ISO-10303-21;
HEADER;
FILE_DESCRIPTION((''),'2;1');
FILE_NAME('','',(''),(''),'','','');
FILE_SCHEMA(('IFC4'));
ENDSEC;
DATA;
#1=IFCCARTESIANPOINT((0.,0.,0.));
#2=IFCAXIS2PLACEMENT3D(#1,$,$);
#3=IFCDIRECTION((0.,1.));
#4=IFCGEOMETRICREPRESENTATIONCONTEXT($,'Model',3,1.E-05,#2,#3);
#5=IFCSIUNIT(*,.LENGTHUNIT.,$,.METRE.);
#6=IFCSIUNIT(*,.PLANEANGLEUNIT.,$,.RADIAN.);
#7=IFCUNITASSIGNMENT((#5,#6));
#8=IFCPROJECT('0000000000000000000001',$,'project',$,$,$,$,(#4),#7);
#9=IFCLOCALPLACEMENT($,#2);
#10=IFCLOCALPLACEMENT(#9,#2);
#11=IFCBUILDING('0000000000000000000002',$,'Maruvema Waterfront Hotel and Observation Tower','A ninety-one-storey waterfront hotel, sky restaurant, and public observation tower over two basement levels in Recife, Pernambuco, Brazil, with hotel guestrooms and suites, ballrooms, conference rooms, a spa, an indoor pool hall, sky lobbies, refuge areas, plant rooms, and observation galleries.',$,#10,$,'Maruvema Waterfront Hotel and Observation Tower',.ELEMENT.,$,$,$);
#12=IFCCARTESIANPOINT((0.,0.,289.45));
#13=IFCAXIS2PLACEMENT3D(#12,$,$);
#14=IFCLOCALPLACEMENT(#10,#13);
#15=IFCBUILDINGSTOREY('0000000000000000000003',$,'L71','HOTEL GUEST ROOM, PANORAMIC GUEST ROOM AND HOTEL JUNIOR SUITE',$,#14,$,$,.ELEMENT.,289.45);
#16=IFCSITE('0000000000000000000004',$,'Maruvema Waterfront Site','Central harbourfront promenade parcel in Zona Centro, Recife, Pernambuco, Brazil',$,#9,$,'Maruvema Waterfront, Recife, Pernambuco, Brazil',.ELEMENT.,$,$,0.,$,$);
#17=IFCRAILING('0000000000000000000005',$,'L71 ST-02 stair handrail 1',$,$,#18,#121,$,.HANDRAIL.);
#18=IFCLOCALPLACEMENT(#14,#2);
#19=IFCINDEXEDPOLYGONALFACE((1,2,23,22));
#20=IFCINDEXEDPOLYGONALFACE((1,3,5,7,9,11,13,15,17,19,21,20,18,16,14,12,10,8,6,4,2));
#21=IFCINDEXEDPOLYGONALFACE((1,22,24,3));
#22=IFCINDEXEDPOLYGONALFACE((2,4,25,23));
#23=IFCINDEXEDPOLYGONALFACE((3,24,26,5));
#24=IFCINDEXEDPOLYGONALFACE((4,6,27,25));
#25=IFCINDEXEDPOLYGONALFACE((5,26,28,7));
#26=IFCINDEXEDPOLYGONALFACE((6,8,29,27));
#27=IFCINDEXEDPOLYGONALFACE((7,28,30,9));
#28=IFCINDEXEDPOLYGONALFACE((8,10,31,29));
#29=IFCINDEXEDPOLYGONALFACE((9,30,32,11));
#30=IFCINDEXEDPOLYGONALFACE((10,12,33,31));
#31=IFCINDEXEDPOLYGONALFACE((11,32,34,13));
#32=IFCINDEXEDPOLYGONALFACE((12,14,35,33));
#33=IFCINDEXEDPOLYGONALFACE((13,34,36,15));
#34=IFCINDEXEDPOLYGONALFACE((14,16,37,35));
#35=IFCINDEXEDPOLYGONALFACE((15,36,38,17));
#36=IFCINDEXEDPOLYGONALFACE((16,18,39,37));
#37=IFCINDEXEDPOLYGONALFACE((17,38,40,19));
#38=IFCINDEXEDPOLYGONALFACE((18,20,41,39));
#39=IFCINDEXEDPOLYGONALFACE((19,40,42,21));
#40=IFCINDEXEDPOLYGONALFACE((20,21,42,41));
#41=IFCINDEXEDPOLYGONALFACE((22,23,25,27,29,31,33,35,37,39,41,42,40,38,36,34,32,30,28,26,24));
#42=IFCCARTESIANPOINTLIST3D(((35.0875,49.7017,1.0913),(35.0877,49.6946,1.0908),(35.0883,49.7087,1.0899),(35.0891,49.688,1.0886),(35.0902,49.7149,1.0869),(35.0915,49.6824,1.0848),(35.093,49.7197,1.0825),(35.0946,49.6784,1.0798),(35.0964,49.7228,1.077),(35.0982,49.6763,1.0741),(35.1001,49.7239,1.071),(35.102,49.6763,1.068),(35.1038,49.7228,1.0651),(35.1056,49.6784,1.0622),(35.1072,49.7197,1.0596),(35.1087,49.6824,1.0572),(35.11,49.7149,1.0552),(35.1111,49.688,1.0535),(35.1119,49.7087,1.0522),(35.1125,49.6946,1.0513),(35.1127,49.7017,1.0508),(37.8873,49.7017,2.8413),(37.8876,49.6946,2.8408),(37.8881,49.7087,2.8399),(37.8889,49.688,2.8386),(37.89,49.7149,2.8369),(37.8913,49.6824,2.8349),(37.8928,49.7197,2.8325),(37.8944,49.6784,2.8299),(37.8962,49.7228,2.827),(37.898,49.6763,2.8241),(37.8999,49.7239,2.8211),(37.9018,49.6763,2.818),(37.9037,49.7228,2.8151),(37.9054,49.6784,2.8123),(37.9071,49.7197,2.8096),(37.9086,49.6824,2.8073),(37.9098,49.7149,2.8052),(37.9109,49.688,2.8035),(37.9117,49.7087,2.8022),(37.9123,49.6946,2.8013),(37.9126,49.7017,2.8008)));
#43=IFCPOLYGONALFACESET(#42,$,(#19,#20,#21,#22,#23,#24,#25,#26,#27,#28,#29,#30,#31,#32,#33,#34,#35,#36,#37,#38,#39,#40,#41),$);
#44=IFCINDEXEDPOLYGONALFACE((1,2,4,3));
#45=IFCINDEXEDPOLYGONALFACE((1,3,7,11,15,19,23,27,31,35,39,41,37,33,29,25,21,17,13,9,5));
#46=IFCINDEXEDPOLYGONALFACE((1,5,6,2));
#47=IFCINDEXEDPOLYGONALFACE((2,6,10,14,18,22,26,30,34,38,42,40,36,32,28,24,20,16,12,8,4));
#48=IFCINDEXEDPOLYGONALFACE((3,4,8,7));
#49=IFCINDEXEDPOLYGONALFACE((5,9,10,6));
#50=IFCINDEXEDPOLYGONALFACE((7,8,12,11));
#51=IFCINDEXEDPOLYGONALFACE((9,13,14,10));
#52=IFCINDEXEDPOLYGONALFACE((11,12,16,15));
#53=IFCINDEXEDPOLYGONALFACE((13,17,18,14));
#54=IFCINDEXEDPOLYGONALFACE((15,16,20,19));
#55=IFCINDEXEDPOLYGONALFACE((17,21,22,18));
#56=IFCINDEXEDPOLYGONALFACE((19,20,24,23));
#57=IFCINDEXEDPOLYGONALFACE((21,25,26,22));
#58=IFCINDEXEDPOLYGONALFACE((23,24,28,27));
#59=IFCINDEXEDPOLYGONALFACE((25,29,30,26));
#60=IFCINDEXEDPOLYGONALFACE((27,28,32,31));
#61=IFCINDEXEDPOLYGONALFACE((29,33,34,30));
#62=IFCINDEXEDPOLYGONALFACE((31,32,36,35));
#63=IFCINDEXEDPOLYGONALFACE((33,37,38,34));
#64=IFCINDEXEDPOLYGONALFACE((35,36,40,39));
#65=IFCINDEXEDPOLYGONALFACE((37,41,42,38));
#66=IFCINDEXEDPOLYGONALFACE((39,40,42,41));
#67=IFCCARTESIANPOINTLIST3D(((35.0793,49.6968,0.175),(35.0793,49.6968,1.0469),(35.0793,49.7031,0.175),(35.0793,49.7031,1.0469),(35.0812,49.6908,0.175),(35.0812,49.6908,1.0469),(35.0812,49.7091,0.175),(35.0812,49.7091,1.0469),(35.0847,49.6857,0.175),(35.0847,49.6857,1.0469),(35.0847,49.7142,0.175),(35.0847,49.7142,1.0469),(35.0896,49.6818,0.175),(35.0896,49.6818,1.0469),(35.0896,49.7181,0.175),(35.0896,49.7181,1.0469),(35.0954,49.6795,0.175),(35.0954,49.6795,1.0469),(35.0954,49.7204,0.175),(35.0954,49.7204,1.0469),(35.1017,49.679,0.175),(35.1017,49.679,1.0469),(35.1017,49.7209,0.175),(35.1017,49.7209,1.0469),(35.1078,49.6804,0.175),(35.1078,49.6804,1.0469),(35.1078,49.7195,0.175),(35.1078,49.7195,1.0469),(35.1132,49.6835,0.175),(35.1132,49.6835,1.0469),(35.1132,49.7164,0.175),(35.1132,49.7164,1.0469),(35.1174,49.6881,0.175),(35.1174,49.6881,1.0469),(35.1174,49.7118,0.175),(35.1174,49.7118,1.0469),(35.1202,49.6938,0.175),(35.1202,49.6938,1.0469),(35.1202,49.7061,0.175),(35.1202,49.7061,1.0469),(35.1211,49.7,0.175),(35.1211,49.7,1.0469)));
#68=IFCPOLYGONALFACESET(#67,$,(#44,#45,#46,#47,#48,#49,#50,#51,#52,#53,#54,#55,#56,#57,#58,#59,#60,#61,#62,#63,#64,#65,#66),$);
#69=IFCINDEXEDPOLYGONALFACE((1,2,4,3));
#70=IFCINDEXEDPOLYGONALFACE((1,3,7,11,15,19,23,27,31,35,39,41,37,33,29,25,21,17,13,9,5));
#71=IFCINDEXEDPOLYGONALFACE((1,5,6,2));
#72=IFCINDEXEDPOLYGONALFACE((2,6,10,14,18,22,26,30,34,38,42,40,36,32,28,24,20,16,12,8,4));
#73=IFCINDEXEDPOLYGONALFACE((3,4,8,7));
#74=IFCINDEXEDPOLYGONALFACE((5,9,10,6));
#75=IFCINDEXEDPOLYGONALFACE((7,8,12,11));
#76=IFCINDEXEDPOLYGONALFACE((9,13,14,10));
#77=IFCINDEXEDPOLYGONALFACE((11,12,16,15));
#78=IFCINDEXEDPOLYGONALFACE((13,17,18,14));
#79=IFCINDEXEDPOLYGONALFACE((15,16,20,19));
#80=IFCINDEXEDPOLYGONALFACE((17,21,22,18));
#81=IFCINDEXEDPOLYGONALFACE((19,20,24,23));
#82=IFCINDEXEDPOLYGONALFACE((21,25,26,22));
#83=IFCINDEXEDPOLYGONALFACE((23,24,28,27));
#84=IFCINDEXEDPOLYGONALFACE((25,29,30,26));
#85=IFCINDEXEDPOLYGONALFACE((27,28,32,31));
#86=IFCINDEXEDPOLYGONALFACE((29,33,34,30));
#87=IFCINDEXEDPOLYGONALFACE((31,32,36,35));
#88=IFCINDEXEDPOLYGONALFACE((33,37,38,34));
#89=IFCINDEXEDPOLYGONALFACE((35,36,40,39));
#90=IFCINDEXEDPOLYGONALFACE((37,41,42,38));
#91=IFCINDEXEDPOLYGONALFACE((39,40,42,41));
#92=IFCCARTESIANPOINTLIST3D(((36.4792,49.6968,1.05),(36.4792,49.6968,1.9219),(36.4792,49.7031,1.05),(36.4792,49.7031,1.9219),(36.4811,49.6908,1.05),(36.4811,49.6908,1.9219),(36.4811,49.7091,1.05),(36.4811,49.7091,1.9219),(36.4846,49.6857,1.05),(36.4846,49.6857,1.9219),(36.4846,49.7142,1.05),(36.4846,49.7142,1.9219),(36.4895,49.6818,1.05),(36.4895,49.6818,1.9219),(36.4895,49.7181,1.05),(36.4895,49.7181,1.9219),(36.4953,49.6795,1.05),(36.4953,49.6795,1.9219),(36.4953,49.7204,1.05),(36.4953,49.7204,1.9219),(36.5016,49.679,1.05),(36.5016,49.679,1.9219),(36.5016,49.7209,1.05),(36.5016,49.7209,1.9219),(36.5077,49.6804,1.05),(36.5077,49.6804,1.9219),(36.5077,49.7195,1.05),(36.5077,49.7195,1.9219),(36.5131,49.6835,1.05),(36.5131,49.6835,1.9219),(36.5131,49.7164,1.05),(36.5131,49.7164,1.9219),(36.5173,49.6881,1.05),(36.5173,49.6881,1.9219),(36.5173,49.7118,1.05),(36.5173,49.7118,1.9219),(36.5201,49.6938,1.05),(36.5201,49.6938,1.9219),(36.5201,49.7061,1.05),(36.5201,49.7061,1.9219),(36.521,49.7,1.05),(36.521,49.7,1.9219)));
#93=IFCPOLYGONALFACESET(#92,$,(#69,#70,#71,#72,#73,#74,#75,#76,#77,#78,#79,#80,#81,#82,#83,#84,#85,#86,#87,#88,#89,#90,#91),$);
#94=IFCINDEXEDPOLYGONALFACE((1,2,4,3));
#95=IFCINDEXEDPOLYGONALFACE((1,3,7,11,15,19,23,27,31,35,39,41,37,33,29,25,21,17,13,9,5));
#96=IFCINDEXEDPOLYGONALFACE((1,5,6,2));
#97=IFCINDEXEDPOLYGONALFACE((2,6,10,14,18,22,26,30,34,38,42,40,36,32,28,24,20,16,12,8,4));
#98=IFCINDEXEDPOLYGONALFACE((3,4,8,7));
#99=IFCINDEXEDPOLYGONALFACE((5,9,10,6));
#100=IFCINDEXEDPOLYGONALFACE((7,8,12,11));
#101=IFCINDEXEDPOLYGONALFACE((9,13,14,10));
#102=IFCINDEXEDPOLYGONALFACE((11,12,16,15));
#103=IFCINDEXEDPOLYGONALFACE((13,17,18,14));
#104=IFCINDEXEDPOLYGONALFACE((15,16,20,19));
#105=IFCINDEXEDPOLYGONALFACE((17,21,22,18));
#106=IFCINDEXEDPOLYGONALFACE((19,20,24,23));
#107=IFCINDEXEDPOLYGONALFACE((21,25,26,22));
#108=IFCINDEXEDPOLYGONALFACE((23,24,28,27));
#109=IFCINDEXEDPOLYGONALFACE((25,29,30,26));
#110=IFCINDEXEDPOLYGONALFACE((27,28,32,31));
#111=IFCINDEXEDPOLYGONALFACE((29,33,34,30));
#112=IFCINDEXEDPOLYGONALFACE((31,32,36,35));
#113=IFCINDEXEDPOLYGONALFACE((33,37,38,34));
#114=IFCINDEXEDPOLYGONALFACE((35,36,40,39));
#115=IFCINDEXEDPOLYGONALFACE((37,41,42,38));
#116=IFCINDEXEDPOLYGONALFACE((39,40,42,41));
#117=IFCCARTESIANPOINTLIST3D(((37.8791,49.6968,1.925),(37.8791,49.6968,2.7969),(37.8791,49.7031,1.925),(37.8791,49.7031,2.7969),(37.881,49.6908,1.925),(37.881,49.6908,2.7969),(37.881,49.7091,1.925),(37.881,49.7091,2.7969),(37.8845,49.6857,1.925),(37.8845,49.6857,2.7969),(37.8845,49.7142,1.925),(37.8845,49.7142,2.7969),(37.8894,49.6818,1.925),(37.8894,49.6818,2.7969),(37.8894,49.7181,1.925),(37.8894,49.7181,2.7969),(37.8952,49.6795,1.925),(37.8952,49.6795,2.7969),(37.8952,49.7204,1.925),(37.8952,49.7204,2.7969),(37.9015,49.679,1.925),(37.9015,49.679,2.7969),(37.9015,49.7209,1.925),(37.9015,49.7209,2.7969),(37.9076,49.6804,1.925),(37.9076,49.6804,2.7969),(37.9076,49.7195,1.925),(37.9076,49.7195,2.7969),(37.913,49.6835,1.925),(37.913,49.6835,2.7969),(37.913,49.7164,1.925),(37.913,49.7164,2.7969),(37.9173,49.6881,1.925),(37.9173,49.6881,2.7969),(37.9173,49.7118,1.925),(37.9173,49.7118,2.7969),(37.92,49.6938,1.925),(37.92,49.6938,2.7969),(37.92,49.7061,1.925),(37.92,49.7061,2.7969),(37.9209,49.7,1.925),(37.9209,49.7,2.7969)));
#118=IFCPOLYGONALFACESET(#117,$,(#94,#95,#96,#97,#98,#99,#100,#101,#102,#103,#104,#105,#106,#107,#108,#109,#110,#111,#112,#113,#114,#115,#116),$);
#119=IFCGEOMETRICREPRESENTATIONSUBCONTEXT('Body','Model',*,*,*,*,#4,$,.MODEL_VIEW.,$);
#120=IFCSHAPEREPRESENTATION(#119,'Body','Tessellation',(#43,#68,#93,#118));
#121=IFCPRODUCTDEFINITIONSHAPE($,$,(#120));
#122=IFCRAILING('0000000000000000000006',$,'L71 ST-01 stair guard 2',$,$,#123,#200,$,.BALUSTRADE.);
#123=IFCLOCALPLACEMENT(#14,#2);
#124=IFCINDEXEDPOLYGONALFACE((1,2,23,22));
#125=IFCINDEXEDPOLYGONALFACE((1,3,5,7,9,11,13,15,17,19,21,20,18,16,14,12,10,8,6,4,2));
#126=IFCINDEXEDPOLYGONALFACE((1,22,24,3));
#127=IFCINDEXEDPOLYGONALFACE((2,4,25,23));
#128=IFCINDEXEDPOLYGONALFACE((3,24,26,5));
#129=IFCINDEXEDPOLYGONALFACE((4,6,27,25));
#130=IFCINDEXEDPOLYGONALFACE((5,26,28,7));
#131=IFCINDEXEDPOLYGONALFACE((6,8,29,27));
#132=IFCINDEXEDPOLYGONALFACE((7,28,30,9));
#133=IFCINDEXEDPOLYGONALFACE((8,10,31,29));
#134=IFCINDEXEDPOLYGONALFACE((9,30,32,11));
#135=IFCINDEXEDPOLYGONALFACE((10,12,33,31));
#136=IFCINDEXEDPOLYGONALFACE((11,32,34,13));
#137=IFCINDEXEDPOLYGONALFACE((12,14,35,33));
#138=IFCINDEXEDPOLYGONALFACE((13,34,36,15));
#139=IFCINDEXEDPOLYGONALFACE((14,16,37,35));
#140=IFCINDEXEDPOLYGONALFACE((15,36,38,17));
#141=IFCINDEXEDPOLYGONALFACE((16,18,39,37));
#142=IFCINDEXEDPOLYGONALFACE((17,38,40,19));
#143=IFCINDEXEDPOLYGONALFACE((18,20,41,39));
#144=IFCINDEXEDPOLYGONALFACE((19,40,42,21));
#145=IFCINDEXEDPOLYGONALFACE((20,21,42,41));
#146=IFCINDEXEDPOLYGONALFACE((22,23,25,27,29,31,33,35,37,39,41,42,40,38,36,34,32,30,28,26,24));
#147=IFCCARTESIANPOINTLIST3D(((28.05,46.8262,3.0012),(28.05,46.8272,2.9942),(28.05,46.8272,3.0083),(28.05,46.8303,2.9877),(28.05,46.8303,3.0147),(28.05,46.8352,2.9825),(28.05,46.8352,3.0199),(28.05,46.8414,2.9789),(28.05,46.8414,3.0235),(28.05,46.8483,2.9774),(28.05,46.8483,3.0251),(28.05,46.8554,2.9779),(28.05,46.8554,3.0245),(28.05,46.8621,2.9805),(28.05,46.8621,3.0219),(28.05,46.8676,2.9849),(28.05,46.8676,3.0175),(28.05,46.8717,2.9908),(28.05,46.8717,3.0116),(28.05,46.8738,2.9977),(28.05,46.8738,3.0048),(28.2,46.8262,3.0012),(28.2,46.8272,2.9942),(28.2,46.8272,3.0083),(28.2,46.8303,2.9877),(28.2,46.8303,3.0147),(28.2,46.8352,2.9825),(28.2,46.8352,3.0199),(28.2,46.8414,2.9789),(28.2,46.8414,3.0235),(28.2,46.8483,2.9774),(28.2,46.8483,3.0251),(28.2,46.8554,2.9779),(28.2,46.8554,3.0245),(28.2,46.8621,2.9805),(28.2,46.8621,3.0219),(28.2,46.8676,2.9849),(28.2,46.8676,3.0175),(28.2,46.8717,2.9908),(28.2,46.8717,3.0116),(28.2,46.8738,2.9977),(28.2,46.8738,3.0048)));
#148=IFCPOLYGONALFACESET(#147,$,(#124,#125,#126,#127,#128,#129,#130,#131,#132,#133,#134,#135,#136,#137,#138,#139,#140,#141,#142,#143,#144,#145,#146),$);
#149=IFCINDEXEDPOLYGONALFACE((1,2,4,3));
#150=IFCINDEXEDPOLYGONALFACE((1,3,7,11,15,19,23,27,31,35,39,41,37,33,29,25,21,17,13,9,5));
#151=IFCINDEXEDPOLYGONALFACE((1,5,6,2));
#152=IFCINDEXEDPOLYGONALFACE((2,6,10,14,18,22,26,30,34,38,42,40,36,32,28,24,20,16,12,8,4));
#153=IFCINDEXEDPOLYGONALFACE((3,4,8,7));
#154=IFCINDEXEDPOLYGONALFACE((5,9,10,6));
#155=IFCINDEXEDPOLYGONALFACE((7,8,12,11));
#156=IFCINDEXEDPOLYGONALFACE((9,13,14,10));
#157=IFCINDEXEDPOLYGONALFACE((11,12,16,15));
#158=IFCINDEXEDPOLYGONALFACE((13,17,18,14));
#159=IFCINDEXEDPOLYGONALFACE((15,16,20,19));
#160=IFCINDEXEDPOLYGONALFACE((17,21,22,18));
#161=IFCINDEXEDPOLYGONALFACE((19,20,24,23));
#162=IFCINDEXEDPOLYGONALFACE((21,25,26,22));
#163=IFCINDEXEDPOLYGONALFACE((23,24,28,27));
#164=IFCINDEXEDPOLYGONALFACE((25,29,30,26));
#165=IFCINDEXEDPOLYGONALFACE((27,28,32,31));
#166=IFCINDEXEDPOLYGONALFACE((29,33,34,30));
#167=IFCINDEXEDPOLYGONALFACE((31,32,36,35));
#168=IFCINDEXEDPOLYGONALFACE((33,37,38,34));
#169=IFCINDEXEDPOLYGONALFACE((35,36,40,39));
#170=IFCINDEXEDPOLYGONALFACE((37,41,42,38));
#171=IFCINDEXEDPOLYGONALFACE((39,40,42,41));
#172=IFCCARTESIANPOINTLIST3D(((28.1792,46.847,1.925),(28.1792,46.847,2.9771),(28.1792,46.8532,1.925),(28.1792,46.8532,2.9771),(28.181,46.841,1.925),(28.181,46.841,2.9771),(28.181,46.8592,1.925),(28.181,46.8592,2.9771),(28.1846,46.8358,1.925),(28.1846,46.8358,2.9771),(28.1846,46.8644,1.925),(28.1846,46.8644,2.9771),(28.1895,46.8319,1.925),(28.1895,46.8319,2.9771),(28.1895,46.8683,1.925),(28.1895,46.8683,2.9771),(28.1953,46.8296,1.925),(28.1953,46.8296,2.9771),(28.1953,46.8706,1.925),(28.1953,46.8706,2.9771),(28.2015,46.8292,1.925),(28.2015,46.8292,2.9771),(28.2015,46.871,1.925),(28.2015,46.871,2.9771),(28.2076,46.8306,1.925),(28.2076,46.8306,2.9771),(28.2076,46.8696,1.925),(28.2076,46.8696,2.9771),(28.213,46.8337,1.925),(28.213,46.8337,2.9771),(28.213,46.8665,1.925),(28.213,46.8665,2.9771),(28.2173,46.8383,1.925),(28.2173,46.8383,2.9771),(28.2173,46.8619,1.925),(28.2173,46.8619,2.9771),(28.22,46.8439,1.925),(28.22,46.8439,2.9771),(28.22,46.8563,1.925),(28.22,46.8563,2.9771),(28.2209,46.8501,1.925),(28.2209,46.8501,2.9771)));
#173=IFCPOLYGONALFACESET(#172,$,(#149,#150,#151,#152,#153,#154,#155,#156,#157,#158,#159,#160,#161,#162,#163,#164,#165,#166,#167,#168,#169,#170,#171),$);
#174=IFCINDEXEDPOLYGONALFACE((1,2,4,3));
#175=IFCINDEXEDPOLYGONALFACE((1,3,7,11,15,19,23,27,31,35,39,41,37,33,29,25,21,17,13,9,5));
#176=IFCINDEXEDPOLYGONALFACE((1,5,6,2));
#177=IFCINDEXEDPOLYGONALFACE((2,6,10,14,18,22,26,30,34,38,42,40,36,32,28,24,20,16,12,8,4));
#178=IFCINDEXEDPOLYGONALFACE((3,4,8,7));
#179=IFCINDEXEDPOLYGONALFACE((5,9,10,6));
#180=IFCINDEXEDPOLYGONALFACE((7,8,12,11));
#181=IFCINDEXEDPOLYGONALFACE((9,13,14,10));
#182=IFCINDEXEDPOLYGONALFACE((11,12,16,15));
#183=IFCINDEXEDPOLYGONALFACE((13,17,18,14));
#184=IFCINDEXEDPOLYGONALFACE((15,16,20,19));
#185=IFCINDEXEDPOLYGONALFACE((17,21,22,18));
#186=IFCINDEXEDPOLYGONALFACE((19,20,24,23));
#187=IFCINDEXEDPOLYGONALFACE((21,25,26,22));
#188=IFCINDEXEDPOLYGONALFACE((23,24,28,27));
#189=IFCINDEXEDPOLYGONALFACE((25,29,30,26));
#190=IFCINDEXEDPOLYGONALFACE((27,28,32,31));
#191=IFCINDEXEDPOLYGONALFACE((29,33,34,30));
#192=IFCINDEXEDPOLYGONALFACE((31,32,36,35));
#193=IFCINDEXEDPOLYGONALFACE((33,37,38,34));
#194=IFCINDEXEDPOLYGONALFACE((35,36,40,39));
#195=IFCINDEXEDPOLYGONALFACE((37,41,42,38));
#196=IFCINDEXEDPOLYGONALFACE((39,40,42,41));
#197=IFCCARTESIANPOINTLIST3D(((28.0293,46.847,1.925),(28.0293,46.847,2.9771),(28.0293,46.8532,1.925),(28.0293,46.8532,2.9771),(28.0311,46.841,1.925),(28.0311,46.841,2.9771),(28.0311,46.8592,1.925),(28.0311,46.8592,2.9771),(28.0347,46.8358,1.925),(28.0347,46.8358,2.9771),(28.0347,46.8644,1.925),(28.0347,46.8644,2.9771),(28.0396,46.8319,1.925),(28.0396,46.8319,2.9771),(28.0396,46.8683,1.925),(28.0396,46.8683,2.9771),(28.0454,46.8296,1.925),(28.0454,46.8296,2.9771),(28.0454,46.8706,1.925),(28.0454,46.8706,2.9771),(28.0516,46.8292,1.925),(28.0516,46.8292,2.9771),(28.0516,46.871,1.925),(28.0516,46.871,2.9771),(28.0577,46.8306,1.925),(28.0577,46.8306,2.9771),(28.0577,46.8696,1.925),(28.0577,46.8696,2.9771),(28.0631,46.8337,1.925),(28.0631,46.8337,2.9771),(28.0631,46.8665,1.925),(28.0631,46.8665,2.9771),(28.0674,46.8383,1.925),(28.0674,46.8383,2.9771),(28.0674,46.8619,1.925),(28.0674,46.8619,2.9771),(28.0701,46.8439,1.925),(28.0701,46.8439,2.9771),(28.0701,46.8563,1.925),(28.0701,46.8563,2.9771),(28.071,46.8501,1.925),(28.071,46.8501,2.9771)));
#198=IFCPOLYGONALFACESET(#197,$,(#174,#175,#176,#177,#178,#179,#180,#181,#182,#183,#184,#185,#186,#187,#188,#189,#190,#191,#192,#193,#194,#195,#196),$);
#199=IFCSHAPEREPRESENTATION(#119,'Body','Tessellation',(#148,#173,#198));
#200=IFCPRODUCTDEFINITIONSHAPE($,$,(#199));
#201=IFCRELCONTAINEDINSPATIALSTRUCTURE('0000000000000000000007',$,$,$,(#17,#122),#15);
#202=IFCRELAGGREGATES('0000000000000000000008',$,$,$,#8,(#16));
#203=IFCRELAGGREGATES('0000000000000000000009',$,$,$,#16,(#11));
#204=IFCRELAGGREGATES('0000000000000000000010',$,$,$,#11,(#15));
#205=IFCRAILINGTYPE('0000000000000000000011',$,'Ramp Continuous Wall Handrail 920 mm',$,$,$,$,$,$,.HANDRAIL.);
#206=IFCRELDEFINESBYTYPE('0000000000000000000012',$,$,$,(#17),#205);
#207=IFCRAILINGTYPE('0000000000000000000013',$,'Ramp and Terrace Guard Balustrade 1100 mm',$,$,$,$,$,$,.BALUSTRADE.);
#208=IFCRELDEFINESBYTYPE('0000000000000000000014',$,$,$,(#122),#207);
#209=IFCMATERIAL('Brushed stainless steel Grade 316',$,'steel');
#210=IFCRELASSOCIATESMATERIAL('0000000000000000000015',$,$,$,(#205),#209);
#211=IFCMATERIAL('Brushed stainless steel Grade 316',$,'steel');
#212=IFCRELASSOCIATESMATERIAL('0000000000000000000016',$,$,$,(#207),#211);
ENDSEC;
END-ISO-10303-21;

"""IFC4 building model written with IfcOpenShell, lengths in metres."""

from ifc_helpers import new_model, si_unit, direction, frame, origin, origin_2d, place, context, subcontext, project, spatial, circle, extrude, material, type_object, element, save


model = new_model("IFC4")

# Units and contexts
model_context = context("Model", 3, precision=1e-05, world=origin(), true_north=direction((0.0, 1.0)))
body_context = subcontext(model_context, "Body", "Model", "MODEL_VIEW")
ifc_project = project(units=[si_unit("LENGTHUNIT", "METRE"), si_unit("PLANEANGLEUNIT", "RADIAN")], contexts=[model_context])

# Site, building, storey
site_placement = place(None, origin())
site = spatial("IfcSite", under=ifc_project, at=site_placement, Name="Maruvema Waterfront Site", Description="Central harbourfront promenade parcel in Zona Centro, Recife, Pernambuco, Brazil", LongName="Maruvema Waterfront, Recife, Pernambuco, Brazil", CompositionType="ELEMENT", RefElevation=0.0)
building_placement = place(site_placement, origin())
building = spatial("IfcBuilding", under=site, at=building_placement, Name="Maruvema Waterfront Hotel and Observation Tower", Description="A ninety-one-storey waterfront hotel, sky restaurant, and public observation tower over two basement levels in Recife, Pernambuco, Brazil, with hotel guestrooms and suites, ballrooms, conference rooms, a spa, an indoor pool hall, sky lobbies, refuge areas, plant rooms, and observation galleries.", LongName="Maruvema Waterfront Hotel and Observation Tower", CompositionType="ELEMENT")
storey_placement = place(building_placement, frame((0.0, 0.0, 289.45)))
storey = spatial("IfcBuildingStorey", under=building, at=storey_placement, Name="L71", Description="HOTEL GUEST ROOM, PANORAMIC GUEST ROOM AND HOTEL JUNIOR SUITE", CompositionType="ELEMENT", Elevation=289.45)

# Railings
ifc_material_1 = material(Name="Brushed stainless steel Grade 316", Category="steel")
railing_type_1 = type_object("IfcRailingType", Name="Ramp Continuous Wall Handrail 920 mm", PredefinedType="HANDRAIL", material=ifc_material_1)
railing_1_placement = place(storey_placement, frame((35.1001, 49.7, 0.175)))
element("IfcRailing", 1, at=railing_1_placement, inside=storey, type_object=railing_type_1, Name="L71 ST-02 stair handrail 1", PredefinedType="HANDRAIL", context=body_context, shape_type="SweptSolid", body=[
    extrude(circle(Radius=0.0239, at=origin_2d()), frame((0.0, 0.0, 0.896), z_axis=(0.847982, 0.0, 0.530026), x_axis=(0.0, 1.0, 0.0)), (0.0, 0.0, 1.0), 3.3018),
    extrude(circle(Radius=0.021, at=origin_2d()), origin(), (0.0, 0.0, 1.0), 0.8718),
    extrude(circle(Radius=0.021, at=origin_2d()), frame((1.3999, 0.0, 0.875)), (0.0, 0.0, 1.0), 0.8718),
    extrude(circle(Radius=0.021, at=origin_2d()), frame((2.7998, 0.0, 1.75)), (0.0, 0.0, 1.0), 0.8718),
])
ifc_material_2 = material(Name="Brushed stainless steel Grade 316", Category="steel")
railing_type_2 = type_object("IfcRailingType", Name="Ramp and Terrace Guard Balustrade 1100 mm", PredefinedType="BALUSTRADE", material=ifc_material_2)
railing_2_placement = place(storey_placement, frame((28.2, 46.8501, 1.925)))
element("IfcRailing", 2, at=railing_2_placement, inside=storey, type_object=railing_type_2, Name="L71 ST-01 stair guard 2", PredefinedType="BALUSTRADE", context=body_context, shape_type="SweptSolid", body=[
    extrude(circle(Radius=0.0239, at=origin_2d()), frame((0.0, 0.0, 1.0762), z_axis=(-1.0, 0.0, 0.0), x_axis=(0.0, -1.0, 0.0)), (0.0, 0.0, 1.0), 0.1499),
    extrude(circle(Radius=0.021, at=origin_2d()), origin(), (0.0, 0.0, 1.0), 1.052),
    extrude(circle(Radius=0.021, at=origin_2d()), frame((-0.1499, 0.0, 0.0)), (0.0, 0.0, 1.0), 1.052),
])

save(model, "model.ifc")
